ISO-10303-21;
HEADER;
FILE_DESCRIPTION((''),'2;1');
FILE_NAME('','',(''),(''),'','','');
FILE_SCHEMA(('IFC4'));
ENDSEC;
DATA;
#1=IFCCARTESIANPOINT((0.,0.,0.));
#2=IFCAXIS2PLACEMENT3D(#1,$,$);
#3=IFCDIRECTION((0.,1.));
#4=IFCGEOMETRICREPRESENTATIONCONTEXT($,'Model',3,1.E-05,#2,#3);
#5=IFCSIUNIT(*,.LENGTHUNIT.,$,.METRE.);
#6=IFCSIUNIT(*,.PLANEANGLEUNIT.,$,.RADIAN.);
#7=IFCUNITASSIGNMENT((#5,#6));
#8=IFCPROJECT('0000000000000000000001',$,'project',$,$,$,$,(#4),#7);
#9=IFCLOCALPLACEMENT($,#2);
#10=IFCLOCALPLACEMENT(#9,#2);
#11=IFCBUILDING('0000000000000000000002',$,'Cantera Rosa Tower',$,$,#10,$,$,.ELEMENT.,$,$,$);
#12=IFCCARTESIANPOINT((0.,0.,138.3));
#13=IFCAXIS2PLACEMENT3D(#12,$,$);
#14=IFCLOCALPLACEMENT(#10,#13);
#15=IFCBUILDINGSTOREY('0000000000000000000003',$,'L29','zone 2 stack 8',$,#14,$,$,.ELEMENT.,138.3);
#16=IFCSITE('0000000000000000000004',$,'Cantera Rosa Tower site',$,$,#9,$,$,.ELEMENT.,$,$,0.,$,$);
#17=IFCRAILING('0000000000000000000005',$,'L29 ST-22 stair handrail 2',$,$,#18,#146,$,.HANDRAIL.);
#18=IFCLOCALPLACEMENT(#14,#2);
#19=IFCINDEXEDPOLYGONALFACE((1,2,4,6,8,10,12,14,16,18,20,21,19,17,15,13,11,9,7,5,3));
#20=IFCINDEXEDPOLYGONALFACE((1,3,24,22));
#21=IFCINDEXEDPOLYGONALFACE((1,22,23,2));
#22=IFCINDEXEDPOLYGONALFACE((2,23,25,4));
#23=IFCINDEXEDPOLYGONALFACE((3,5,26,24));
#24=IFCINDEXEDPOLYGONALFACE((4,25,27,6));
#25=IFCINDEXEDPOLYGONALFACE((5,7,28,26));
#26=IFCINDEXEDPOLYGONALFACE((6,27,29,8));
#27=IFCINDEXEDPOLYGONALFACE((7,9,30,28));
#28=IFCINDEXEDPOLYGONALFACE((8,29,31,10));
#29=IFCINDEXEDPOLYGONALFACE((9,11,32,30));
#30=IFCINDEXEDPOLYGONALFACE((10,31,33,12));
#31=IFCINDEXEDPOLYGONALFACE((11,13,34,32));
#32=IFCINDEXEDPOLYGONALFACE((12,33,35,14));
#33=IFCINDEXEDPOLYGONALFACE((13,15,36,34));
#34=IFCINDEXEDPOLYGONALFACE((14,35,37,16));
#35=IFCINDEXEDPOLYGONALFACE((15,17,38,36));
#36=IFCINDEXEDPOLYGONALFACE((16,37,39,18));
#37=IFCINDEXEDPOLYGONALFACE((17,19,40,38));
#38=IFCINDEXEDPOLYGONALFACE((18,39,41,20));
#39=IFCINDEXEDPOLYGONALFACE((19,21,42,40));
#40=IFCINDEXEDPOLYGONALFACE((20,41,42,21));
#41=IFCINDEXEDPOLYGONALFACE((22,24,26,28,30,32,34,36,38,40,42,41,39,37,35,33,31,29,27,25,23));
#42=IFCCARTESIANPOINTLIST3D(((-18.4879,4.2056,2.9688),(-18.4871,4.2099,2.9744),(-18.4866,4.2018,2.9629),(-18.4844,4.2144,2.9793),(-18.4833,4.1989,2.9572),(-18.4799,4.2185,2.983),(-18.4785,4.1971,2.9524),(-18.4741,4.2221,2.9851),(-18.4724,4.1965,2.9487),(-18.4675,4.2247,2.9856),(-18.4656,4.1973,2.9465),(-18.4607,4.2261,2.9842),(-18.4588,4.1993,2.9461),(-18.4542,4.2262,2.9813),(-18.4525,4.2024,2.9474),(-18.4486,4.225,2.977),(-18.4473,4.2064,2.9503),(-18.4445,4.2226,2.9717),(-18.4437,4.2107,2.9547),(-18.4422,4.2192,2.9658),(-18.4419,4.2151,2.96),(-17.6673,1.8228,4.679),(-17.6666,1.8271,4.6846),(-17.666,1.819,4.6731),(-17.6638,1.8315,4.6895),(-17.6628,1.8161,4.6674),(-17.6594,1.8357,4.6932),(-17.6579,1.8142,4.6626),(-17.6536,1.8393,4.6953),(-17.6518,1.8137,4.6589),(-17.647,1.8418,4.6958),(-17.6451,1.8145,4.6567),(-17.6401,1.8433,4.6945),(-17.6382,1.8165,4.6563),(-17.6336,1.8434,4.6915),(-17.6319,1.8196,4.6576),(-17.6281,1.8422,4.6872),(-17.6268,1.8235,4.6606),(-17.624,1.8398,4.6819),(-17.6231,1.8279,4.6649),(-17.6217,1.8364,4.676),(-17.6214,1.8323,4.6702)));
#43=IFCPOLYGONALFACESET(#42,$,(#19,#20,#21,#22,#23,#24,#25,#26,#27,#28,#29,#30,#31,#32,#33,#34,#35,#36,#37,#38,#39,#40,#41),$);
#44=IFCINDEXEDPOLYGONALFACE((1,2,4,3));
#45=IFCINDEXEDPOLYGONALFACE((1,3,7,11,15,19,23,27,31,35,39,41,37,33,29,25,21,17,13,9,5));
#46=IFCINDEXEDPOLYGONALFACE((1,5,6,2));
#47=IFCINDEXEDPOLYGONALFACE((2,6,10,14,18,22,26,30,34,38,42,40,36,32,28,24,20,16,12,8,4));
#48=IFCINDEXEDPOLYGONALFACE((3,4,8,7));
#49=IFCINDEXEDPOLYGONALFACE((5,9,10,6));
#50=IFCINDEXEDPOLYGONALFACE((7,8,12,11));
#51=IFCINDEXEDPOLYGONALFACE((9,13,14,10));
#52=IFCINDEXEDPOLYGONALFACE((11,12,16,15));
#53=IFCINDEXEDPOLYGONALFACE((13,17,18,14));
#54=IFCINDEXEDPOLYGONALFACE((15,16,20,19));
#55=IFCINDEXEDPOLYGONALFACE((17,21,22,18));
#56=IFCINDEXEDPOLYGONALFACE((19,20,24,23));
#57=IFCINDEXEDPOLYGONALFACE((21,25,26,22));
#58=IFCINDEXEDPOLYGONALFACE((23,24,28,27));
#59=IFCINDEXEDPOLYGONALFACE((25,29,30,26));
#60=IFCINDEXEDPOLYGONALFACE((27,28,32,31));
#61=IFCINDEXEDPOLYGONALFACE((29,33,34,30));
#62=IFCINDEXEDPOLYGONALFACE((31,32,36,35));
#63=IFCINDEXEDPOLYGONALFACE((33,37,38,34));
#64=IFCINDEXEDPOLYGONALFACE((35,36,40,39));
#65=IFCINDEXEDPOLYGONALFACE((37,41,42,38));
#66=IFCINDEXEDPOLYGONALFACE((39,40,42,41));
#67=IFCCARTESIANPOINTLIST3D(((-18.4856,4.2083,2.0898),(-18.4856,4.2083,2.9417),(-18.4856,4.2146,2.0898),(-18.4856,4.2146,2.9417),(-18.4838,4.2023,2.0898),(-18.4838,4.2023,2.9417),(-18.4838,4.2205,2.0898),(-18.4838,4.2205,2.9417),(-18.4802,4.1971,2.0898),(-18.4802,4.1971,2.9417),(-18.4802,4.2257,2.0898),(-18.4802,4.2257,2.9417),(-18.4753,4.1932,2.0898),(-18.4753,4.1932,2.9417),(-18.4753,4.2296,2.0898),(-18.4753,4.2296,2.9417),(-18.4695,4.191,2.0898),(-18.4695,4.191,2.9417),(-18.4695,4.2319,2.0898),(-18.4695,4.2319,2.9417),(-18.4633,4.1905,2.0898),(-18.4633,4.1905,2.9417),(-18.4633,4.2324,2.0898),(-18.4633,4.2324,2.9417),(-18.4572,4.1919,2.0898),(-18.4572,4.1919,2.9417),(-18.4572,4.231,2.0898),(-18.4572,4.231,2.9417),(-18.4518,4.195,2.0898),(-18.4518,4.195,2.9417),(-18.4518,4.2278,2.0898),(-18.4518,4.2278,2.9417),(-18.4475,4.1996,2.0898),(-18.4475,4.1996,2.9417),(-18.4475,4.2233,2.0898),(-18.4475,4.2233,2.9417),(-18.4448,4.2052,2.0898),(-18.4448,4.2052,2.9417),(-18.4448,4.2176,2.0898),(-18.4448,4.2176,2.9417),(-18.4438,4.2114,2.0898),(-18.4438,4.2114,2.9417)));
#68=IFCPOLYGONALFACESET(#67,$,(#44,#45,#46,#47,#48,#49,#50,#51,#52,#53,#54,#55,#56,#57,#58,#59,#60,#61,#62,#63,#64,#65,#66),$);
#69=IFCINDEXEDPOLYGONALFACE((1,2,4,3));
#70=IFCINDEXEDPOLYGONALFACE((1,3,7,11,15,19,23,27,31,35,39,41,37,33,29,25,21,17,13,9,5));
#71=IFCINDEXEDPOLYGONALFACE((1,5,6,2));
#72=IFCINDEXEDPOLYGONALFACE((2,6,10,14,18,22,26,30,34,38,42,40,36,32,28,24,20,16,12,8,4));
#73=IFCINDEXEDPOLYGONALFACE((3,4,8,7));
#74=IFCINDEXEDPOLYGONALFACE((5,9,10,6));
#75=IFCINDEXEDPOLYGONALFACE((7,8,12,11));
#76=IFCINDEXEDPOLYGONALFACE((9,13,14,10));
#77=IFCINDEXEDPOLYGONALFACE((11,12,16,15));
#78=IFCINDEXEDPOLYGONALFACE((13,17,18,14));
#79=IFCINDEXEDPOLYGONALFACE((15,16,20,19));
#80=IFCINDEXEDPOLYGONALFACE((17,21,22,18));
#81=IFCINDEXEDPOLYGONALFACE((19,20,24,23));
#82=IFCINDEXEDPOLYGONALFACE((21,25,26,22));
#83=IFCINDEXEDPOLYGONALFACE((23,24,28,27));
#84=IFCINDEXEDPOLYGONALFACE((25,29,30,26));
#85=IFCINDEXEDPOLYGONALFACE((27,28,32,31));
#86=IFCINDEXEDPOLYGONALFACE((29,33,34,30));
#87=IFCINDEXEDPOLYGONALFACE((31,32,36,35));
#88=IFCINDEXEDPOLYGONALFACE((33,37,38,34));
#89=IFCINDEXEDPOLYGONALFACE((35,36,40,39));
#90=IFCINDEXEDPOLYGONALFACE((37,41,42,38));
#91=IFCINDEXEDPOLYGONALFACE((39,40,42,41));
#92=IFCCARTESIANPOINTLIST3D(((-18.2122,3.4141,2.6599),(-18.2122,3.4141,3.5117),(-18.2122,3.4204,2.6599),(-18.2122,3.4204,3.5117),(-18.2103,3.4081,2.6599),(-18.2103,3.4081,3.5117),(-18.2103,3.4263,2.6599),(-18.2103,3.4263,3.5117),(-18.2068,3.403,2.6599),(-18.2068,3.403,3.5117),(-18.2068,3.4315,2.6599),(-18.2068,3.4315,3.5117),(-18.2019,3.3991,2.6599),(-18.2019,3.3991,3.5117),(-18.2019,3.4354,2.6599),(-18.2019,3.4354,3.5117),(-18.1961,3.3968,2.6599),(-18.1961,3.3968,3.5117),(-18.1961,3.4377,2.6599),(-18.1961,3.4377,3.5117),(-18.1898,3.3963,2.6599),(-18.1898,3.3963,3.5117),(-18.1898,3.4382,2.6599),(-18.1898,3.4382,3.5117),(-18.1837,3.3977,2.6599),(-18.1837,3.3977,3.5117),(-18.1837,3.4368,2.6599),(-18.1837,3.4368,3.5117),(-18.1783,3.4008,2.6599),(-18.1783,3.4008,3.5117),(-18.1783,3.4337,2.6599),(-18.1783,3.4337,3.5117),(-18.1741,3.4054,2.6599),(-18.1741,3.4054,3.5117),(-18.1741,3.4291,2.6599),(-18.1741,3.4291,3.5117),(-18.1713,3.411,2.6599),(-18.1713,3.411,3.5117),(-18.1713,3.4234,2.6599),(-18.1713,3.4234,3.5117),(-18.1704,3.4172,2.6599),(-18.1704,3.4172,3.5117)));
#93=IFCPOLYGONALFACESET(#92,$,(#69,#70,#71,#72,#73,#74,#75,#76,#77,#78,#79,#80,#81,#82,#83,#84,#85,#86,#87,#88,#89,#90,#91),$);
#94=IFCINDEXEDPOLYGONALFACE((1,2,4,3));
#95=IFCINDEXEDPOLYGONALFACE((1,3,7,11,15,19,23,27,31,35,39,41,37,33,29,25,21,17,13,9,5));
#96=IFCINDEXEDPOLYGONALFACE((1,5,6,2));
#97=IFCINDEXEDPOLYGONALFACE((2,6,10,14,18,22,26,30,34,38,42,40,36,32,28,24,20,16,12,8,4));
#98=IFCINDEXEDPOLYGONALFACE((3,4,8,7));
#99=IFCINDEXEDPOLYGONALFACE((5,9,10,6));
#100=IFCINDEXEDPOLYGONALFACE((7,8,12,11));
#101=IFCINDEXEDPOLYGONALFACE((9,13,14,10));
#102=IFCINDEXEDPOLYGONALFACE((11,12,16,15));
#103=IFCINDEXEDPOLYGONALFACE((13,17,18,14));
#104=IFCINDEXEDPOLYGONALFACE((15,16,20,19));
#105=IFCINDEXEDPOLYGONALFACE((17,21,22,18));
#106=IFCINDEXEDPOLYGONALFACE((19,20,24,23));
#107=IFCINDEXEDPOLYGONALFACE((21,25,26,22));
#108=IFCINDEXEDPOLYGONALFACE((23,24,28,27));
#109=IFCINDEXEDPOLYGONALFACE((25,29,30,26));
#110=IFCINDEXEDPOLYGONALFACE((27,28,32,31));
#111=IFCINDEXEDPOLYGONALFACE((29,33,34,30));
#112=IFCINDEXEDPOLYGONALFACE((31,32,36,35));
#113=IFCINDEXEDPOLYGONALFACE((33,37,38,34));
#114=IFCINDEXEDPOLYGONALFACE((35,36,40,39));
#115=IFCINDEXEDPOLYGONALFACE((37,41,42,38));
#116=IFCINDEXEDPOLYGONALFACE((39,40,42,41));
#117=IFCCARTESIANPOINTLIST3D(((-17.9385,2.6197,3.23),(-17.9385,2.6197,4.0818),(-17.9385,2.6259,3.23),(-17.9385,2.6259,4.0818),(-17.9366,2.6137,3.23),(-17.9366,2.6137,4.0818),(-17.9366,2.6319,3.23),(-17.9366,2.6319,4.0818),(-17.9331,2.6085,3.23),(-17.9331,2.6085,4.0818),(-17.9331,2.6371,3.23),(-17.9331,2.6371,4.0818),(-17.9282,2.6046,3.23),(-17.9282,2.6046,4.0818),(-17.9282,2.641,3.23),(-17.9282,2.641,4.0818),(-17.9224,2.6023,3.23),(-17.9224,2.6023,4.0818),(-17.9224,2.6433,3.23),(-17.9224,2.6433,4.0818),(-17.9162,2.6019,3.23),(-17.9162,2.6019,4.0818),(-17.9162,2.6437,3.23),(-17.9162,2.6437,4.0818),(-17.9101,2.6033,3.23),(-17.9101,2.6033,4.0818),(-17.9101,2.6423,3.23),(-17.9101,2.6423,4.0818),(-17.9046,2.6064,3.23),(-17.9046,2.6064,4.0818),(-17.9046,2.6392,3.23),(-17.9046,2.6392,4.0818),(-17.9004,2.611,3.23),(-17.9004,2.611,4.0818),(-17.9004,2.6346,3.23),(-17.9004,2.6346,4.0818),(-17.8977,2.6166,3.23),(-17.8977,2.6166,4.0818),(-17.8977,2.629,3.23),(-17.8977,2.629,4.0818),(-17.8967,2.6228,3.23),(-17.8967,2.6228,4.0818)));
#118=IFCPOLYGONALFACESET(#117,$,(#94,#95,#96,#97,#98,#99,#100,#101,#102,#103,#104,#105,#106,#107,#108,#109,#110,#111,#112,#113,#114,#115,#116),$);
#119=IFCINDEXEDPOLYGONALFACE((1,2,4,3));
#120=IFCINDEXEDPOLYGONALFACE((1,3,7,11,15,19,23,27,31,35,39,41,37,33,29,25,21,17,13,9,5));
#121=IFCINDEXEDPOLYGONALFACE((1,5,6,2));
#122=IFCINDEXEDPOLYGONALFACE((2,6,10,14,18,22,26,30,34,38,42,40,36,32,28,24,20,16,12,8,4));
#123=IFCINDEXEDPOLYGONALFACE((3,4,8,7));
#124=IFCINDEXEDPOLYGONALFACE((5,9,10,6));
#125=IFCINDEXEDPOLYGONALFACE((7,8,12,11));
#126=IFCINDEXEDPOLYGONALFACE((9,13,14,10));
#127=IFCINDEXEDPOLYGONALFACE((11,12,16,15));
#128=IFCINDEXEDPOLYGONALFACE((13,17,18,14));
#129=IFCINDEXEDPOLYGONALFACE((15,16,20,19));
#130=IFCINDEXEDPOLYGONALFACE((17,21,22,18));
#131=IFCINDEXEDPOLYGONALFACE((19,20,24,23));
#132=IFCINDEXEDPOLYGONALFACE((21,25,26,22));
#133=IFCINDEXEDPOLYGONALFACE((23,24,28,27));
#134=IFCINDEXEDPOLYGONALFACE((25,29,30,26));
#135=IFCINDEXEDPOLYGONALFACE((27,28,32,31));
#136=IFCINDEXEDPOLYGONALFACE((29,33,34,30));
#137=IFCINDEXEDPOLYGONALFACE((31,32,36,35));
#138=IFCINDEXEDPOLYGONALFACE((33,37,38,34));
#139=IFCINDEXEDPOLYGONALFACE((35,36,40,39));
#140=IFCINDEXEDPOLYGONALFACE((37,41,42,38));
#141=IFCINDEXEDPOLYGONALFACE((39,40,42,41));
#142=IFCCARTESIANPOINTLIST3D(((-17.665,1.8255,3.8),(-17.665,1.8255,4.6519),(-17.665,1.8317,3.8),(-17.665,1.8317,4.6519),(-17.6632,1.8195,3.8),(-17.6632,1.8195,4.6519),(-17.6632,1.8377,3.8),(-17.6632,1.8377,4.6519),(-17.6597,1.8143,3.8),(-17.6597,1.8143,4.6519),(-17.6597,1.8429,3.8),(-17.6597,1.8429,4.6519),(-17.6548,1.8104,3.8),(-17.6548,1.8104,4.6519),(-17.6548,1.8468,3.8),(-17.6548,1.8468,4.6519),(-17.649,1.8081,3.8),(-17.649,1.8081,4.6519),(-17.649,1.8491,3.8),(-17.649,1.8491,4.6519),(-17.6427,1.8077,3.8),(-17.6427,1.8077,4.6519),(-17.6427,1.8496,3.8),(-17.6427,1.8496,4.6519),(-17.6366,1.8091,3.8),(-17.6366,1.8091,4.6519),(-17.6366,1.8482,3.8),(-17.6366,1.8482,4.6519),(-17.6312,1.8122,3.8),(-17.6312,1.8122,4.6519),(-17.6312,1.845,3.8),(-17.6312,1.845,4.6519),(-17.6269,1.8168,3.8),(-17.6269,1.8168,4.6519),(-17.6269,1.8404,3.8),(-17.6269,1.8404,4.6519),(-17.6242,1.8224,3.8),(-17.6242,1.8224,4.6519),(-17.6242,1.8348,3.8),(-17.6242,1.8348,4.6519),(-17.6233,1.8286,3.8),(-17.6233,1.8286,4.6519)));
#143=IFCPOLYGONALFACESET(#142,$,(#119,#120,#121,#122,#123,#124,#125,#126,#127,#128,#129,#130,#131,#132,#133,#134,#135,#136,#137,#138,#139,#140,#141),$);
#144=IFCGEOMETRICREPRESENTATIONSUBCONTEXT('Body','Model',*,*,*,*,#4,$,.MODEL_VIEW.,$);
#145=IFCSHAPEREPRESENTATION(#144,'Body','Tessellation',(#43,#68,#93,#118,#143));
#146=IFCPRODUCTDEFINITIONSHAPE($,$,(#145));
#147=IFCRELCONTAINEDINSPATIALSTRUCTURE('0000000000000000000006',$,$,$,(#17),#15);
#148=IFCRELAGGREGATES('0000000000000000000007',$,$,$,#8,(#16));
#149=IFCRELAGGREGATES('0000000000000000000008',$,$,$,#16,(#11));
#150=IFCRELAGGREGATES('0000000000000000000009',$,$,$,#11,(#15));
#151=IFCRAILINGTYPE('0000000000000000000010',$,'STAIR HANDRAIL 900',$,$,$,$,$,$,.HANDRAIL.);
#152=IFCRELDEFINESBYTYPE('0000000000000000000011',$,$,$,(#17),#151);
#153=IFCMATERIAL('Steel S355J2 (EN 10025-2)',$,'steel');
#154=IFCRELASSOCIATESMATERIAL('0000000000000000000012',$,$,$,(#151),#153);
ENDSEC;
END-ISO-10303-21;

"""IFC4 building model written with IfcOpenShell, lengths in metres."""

from ifc_helpers import new_model, si_unit, direction, frame, origin, origin_2d, place, context, subcontext, project, spatial, circle, extrude, material, type_object, element, save


model = new_model("IFC4")

# Units and contexts
model_context = context("Model", 3, precision=1e-05, world=origin(), true_north=direction((0.0, 1.0)))
body_context = subcontext(model_context, "Body", "Model", "MODEL_VIEW")
ifc_project = project(units=[si_unit("LENGTHUNIT", "METRE"), si_unit("PLANEANGLEUNIT", "RADIAN")], contexts=[model_context])

# Site, building, storey
site_placement = place(None, origin())
site = spatial("IfcSite", under=ifc_project, at=site_placement, Name="Cantera Rosa Tower site", CompositionType="ELEMENT", RefElevation=0.0)
building_placement = place(site_placement, origin())
building = spatial("IfcBuilding", under=site, at=building_placement, Name="Cantera Rosa Tower", CompositionType="ELEMENT")
storey_placement = place(building_placement, frame((0.0, 0.0, 138.3)))
storey = spatial("IfcBuildingStorey", under=building, at=storey_placement, Name="L29", Description="zone 2 stack 8", CompositionType="ELEMENT", Elevation=138.3)

# Railing
ifc_material_1 = material(Name="Steel S355J2 (EN 10025-2)", Category="steel")
railing_type_1 = type_object("IfcRailingType", Name="STAIR HANDRAIL 900", PredefinedType="HANDRAIL", material=ifc_material_1)
railing_1_placement = place(storey_placement, frame((-18.4648, 4.2114, 2.0898)))
element("IfcRailing", 1, at=railing_1_placement, inside=storey, type_object=railing_type_1, Name="L29 ST-22 stair handrail 2", PredefinedType="HANDRAIL", context=body_context, shape_type="SweptSolid", body=[
    extrude(circle(Radius=0.0239, at=origin_2d()), frame((0.0, 0.0, 0.876), z_axis=(0.26942, -0.782369, 0.561526), x_axis=(0.945508, 0.3256, 0.0)), (0.0, 0.0, 1.0), 3.0457),
    extrude(circle(Radius=0.021, at=origin_2d()), origin(), (0.0, 0.0, 1.0), 0.8518),
    extrude(circle(Radius=0.021, at=origin_2d()), frame((0.2734, -0.7942, 0.5701)), (0.0, 0.0, 1.0), 0.8518),
    extrude(circle(Radius=0.021, at=origin_2d()), frame((0.5471, -1.5886, 1.1401)), (0.0, 0.0, 1.0), 0.8518),
    extrude(circle(Radius=0.021, at=origin_2d()), frame((0.8206, -2.3828, 1.7102)), (0.0, 0.0, 1.0), 0.8518),
])

save(model, "model.ifc")
